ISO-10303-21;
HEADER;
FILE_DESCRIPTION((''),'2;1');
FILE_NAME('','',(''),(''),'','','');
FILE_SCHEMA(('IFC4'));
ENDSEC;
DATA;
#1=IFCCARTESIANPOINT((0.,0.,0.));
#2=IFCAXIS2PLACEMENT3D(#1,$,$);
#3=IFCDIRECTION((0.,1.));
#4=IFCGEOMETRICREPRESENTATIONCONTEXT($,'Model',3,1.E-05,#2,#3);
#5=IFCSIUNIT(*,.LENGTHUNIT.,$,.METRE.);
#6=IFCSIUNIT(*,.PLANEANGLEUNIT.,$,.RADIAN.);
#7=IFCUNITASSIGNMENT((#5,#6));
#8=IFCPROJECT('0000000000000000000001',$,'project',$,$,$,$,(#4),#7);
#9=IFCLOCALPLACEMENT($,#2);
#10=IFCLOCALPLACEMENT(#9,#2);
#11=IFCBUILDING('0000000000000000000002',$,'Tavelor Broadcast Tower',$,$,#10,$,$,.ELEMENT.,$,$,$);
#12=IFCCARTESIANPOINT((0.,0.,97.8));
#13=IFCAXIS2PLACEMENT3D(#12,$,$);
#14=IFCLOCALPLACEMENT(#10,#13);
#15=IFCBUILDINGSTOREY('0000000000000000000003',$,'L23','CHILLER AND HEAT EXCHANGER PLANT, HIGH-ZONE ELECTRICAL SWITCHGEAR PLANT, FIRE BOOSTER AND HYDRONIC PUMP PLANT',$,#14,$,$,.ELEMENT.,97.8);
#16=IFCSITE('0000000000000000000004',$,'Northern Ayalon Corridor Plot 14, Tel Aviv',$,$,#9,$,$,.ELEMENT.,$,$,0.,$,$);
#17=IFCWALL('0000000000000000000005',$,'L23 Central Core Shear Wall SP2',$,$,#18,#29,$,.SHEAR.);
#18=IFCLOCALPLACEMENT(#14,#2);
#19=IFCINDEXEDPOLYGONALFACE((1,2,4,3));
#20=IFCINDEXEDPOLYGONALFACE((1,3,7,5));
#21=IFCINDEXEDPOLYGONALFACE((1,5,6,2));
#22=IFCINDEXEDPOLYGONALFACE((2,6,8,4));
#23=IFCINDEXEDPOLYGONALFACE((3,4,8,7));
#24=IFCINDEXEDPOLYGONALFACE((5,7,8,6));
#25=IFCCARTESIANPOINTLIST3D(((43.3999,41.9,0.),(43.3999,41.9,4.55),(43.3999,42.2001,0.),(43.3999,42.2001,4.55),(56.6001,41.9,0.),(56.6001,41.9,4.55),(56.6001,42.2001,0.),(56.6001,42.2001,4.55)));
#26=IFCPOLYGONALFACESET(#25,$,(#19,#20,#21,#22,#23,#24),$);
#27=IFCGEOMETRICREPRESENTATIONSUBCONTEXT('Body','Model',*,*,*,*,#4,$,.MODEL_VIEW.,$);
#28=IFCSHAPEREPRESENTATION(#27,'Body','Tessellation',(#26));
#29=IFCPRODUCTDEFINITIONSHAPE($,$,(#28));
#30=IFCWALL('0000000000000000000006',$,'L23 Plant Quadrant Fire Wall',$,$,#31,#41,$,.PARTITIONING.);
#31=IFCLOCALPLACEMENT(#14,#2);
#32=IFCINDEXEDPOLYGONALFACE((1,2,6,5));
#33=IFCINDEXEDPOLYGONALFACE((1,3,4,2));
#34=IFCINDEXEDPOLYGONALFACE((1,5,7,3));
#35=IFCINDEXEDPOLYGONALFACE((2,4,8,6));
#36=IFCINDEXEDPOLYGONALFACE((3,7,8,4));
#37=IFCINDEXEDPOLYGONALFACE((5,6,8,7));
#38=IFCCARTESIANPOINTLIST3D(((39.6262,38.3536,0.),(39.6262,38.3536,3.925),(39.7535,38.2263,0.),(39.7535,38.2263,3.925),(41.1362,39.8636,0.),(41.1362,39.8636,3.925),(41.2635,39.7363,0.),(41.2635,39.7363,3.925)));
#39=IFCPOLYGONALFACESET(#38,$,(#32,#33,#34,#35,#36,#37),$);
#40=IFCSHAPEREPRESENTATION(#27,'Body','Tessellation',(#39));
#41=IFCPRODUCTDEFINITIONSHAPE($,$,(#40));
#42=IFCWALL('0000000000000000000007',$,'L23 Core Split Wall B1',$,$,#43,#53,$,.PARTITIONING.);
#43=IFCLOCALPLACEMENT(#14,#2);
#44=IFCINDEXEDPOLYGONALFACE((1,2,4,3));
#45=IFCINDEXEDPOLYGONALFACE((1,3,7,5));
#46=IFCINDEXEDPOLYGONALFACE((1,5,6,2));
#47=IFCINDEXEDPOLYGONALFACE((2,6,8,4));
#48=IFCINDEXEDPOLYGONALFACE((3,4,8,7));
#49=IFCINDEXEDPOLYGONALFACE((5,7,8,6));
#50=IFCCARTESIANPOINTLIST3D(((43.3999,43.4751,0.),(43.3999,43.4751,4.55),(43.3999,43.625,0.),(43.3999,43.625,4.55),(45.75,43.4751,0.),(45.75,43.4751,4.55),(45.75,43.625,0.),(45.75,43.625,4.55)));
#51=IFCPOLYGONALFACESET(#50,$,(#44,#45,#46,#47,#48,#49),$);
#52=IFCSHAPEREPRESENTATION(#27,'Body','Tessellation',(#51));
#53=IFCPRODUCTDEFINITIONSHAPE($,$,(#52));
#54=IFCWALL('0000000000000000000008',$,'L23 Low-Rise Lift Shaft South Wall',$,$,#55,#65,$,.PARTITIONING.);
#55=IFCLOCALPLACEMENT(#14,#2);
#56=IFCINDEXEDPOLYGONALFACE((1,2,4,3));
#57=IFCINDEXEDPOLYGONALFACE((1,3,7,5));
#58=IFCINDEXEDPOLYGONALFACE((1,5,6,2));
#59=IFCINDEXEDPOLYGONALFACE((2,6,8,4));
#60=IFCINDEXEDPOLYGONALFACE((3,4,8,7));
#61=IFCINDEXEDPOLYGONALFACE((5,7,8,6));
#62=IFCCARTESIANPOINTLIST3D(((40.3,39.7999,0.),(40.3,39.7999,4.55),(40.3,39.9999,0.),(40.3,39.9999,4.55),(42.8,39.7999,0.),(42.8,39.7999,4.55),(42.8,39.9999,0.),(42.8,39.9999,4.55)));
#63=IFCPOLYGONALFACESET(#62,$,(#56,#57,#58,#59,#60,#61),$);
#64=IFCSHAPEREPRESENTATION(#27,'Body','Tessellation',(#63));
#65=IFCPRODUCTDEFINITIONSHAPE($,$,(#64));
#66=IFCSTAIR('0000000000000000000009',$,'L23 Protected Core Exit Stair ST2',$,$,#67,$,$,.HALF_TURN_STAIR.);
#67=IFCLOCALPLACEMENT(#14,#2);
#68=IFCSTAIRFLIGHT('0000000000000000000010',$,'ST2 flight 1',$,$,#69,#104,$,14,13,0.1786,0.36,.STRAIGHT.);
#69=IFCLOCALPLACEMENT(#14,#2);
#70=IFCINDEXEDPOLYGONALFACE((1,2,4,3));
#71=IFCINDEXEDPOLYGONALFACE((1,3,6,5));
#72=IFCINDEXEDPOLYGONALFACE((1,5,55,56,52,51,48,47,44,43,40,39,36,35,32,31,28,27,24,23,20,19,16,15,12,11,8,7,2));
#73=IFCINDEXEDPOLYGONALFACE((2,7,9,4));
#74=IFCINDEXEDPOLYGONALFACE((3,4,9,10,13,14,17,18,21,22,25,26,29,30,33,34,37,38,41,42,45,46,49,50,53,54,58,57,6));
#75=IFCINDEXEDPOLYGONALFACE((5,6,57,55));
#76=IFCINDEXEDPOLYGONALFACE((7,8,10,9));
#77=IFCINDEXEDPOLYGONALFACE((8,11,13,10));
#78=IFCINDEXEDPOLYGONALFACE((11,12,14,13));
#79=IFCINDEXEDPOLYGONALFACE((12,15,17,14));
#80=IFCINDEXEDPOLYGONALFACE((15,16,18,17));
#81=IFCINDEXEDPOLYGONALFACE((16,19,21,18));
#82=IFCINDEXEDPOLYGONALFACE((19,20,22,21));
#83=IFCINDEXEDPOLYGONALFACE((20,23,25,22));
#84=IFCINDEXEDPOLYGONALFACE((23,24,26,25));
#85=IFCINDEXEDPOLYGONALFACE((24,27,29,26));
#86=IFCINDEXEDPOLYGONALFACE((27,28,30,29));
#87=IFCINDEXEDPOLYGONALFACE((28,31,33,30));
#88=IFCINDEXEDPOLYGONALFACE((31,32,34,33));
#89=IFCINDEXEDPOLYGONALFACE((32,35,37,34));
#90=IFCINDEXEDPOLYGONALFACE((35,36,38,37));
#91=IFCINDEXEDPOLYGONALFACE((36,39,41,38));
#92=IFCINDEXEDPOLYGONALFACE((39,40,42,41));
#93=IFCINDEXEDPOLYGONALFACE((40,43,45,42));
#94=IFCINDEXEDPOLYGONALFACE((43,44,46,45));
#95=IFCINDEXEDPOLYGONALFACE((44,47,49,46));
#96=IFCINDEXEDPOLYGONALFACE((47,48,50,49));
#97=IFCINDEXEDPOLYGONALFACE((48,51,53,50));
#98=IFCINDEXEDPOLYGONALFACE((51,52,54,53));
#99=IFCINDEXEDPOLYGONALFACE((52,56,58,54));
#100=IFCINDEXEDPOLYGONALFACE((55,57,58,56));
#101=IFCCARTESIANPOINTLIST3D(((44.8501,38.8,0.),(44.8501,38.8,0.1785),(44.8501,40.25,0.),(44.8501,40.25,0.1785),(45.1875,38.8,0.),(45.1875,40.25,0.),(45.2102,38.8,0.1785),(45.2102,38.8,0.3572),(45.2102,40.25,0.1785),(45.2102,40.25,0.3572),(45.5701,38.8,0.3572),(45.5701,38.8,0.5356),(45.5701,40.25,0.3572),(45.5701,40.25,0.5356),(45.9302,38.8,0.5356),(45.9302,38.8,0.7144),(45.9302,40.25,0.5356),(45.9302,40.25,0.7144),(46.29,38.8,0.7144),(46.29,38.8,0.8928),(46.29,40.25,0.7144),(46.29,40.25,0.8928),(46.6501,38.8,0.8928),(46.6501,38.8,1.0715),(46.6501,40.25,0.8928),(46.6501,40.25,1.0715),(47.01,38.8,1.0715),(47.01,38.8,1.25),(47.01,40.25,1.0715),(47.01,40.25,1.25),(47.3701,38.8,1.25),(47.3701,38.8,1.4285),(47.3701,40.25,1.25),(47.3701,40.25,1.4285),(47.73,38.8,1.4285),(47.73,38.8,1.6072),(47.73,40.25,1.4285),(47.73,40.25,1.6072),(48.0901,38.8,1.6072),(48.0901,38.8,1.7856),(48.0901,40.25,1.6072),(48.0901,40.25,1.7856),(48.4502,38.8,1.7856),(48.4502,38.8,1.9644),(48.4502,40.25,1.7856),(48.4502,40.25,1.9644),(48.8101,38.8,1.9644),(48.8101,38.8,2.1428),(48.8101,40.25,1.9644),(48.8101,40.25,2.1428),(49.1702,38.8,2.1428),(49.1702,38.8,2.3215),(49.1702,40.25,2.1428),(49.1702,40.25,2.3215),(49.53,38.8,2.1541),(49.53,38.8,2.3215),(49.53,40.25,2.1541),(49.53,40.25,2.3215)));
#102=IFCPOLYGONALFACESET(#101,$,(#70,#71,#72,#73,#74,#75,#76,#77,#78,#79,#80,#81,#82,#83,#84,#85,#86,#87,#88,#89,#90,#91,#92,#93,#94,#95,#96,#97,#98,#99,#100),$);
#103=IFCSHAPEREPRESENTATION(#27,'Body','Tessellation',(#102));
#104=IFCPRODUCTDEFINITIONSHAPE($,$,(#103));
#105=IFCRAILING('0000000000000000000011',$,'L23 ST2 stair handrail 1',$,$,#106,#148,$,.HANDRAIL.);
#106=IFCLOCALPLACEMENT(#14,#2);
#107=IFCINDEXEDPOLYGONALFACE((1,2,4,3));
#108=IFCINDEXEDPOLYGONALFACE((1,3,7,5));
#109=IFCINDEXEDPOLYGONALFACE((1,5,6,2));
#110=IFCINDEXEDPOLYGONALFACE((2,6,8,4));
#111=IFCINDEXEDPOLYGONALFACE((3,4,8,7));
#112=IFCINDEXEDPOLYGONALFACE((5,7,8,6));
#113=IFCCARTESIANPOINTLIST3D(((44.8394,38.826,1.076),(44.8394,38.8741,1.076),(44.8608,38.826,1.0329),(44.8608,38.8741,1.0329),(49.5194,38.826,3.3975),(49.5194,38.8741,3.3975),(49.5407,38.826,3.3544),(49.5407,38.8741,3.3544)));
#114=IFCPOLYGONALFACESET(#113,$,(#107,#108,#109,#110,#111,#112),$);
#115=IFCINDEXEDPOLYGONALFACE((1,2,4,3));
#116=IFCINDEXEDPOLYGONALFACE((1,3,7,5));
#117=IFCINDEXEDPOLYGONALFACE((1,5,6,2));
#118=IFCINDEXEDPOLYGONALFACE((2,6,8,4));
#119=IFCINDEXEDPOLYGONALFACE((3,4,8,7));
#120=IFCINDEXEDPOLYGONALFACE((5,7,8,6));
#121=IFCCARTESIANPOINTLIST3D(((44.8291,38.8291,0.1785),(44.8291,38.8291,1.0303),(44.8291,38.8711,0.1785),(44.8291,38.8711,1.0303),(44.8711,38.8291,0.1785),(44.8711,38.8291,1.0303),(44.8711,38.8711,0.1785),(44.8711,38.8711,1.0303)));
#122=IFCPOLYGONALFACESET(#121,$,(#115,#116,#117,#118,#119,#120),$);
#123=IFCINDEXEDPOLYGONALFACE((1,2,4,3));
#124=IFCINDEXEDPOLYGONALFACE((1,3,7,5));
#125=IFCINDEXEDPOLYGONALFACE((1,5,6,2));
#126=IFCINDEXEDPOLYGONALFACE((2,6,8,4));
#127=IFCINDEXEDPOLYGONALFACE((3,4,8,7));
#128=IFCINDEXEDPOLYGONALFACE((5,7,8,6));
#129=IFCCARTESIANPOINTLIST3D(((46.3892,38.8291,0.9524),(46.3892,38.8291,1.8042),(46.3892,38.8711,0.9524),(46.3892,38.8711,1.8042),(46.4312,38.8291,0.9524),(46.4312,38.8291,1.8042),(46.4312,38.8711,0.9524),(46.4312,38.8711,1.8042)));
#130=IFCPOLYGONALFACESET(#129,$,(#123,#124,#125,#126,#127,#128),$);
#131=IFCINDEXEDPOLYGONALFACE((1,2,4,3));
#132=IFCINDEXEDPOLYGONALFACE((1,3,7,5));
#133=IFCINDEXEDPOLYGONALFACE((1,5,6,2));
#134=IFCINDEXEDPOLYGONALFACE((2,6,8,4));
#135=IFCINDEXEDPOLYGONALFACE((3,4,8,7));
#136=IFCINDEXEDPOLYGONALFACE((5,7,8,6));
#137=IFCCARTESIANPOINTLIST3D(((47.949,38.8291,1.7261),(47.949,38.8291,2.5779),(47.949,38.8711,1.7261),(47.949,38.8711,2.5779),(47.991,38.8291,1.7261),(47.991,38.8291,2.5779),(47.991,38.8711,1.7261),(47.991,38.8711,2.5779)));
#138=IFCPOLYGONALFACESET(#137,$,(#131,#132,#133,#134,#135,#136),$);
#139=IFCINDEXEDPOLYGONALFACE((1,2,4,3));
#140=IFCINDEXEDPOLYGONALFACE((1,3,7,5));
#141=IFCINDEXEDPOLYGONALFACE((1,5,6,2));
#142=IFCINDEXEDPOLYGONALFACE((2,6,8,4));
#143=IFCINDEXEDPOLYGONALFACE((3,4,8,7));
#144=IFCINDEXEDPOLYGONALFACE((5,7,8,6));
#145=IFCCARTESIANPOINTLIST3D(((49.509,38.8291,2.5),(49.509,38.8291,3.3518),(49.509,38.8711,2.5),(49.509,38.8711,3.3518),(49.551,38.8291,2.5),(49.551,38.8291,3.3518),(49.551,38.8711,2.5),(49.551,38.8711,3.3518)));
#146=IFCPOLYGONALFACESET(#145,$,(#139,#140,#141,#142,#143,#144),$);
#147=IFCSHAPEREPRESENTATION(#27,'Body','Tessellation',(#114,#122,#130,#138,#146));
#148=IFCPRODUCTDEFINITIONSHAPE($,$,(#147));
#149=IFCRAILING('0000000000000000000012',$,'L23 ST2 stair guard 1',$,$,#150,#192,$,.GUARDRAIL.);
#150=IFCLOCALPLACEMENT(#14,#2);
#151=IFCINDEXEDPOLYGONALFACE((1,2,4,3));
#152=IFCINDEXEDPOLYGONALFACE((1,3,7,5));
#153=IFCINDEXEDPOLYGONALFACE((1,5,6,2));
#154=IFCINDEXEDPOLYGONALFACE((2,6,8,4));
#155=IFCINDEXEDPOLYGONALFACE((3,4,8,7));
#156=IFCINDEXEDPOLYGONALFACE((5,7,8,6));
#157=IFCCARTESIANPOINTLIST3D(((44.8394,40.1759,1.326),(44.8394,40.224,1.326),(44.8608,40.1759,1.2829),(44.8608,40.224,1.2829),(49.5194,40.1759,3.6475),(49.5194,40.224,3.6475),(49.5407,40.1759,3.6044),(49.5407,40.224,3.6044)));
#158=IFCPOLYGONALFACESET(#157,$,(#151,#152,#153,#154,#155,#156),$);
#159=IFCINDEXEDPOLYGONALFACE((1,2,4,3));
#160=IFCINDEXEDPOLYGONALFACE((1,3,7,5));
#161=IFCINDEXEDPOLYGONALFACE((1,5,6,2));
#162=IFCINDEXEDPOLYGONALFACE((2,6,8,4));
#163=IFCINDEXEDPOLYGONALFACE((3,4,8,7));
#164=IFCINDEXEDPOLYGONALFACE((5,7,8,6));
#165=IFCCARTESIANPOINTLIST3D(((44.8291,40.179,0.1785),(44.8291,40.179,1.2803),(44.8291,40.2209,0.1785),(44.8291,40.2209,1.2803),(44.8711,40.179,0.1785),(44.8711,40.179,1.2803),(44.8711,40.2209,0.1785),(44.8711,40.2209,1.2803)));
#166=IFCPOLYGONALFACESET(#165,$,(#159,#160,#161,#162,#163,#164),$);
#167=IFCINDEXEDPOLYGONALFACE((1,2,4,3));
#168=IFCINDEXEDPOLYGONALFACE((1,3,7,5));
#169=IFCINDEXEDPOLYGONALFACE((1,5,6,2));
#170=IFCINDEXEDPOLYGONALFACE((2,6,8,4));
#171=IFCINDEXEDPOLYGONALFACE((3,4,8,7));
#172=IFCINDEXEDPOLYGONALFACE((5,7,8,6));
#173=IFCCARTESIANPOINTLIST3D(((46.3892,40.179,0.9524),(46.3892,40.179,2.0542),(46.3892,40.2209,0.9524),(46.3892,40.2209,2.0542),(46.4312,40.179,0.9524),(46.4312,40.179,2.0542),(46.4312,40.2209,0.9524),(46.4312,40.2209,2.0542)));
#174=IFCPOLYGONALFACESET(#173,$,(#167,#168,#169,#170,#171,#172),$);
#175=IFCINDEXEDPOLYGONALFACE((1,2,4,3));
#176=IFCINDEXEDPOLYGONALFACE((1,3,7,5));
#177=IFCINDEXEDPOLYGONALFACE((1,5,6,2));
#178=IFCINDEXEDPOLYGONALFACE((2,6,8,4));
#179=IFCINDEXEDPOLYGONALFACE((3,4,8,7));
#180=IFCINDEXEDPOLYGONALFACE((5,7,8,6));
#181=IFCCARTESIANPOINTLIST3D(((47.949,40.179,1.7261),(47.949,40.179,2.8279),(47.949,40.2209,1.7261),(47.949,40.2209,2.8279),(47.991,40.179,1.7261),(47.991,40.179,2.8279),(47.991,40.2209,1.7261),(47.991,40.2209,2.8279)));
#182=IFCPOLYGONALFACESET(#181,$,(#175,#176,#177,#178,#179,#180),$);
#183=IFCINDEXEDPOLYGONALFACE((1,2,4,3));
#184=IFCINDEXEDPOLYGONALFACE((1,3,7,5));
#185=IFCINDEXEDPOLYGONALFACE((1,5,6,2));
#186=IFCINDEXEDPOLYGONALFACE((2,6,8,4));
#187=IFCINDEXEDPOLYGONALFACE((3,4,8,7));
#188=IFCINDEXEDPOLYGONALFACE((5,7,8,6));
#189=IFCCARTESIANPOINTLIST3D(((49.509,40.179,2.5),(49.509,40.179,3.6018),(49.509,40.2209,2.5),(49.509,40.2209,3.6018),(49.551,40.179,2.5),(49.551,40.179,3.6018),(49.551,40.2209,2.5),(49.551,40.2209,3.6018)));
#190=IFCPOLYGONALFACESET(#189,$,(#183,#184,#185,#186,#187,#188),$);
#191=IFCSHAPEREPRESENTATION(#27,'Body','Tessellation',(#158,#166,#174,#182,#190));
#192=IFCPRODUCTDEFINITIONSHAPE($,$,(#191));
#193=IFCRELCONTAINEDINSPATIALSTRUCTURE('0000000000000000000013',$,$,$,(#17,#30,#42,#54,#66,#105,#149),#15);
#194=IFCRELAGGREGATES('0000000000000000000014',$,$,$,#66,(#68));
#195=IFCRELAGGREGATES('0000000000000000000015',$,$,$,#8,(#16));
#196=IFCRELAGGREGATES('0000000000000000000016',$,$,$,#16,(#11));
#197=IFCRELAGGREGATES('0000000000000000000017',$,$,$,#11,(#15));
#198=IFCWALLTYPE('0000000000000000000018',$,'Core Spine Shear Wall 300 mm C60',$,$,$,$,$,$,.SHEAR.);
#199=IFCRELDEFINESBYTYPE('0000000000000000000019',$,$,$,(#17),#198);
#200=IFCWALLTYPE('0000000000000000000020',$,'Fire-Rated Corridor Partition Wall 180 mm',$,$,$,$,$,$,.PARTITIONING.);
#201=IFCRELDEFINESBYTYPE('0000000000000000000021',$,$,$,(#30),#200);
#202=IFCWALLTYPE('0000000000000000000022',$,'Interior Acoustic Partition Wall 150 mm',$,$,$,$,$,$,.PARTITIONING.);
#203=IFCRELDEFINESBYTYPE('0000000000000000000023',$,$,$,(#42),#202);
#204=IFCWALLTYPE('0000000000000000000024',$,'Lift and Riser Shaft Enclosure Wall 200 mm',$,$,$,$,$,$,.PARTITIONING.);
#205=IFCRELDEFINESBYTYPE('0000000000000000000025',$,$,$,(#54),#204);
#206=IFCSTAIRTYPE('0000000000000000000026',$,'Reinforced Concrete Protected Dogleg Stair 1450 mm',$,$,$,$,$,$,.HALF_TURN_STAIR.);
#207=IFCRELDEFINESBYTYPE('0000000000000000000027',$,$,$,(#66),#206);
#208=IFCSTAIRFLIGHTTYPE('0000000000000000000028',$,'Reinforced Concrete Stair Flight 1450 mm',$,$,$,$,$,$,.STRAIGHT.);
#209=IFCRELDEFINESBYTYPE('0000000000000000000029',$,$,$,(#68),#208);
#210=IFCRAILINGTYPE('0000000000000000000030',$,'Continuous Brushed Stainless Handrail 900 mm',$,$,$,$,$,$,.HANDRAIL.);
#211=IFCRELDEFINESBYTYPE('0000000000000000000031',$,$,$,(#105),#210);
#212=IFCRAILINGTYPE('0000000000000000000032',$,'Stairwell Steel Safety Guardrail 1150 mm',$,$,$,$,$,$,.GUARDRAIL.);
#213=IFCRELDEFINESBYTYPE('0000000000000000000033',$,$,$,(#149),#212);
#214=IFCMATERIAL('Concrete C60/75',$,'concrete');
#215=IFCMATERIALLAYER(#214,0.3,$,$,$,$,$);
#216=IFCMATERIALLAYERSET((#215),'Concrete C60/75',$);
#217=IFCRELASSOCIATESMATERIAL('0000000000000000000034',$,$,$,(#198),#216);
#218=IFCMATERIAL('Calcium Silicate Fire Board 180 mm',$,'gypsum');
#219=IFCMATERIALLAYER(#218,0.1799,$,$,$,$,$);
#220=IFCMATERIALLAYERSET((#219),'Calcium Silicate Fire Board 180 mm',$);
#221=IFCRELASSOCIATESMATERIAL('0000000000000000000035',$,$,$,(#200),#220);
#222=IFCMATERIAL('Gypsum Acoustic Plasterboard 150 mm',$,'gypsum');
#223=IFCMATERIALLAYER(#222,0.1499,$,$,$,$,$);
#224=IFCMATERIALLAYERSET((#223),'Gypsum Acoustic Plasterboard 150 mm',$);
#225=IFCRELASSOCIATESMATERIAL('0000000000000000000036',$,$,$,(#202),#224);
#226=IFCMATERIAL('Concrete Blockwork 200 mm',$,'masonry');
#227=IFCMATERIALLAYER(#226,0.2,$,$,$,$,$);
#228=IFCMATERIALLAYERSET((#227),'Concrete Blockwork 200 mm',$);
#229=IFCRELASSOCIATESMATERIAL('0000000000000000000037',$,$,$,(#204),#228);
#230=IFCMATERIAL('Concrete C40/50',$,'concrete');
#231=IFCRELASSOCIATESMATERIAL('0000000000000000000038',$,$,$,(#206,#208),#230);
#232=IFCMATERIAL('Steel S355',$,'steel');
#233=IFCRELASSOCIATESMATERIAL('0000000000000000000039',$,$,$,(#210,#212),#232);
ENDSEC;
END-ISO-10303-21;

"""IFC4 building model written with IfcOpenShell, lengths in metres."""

from ifc_helpers import new_model, si_unit, direction, frame, frame_2d, origin, origin_2d, place, context, subcontext, project, spatial, polyline, rectangle, outline, extrude, material, layer, layer_set, type_object, element, aggregate, save


model = new_model("IFC4")

# Units and contexts
model_context = context("Model", 3, precision=1e-05, world=origin(), true_north=direction((0.0, 1.0)))
body_context = subcontext(model_context, "Body", "Model", "MODEL_VIEW")
ifc_project = project(units=[si_unit("LENGTHUNIT", "METRE"), si_unit("PLANEANGLEUNIT", "RADIAN")], contexts=[model_context])

# Site, building, storey
site_placement = place(None, origin())
site = spatial("IfcSite", under=ifc_project, at=site_placement, Name="Northern Ayalon Corridor Plot 14, Tel Aviv", CompositionType="ELEMENT", RefElevation=0.0)
building_placement = place(site_placement, origin())
building = spatial("IfcBuilding", under=site, at=building_placement, Name="Tavelor Broadcast Tower", CompositionType="ELEMENT")
storey_placement = place(building_placement, frame((0.0, 0.0, 97.8)))
storey = spatial("IfcBuildingStorey", under=building, at=storey_placement, Name="L23", Description="CHILLER AND HEAT EXCHANGER PLANT, HIGH-ZONE ELECTRICAL SWITCHGEAR PLANT, FIRE BOOSTER AND HYDRONIC PUMP PLANT", CompositionType="ELEMENT", Elevation=97.8)

# Shared definitions
ifc_material_1 = material(Name="Concrete C60/75", Category="concrete")

# Shared definitions
ifc_material_2 = material(Name="Concrete C40/50", Category="concrete")
ifc_material_3 = material(Name="Steel S355", Category="steel")

# Walls
ifc_layer_1 = layer(ifc_material_1, 0.3)
ifc_layer_set_1 = layer_set([ifc_layer_1], Name="Concrete C60/75")
wall_type_1 = type_object("IfcWallType", Name="Core Spine Shear Wall 300 mm C60", PredefinedType="SHEAR", material=ifc_layer_set_1)
wall_1_placement = place(storey_placement, frame((43.3999, 42.05, 0.0), z_axis=(0.0, 0.0, 1.0), x_axis=(1.0, 0.0, 0.0)))
element("IfcWall", 1, at=wall_1_placement, inside=storey, type_object=wall_type_1, Name="L23 Central Core Shear Wall SP2", PredefinedType="SHEAR", context=body_context, shape_type="SweptSolid", body=[
    extrude(rectangle(XDim=13.2002, YDim=0.3, at=frame_2d((6.6001, 0.0))), origin(), (0.0, 0.0, 1.0), 4.55),
])
ifc_material_4 = material(Name="Calcium Silicate Fire Board 180 mm", Category="gypsum")
ifc_layer_2 = layer(ifc_material_4, 0.1799)
ifc_layer_set_2 = layer_set([ifc_layer_2], Name="Calcium Silicate Fire Board 180 mm")
wall_type_2 = type_object("IfcWallType", Name="Fire-Rated Corridor Partition Wall 180 mm", PredefinedType="PARTITIONING", material=ifc_layer_set_2)
wall_2_placement = place(storey_placement, frame((41.2, 39.8, 0.0), z_axis=(0.0, 0.0, 1.0), x_axis=(-0.707107, -0.707107, 0.0)))
element("IfcWall", 2, at=wall_2_placement, inside=storey, type_object=wall_type_2, Name="L23 Plant Quadrant Fire Wall", PredefinedType="PARTITIONING", context=body_context, shape_type="SweptSolid", body=[
    extrude(rectangle(XDim=2.1355, YDim=0.1799, at=frame_2d((1.0679, 0.0))), origin(), (0.0, 0.0, 1.0), 3.925),
])
ifc_material_5 = material(Name="Gypsum Acoustic Plasterboard 150 mm", Category="gypsum")
ifc_layer_3 = layer(ifc_material_5, 0.1499)
ifc_layer_set_3 = layer_set([ifc_layer_3], Name="Gypsum Acoustic Plasterboard 150 mm")
wall_type_3 = type_object("IfcWallType", Name="Interior Acoustic Partition Wall 150 mm", PredefinedType="PARTITIONING", material=ifc_layer_set_3)
wall_3_placement = place(storey_placement, frame((43.3999, 43.55, 0.0), z_axis=(0.0, 0.0, 1.0), x_axis=(1.0, 0.0, 0.0)))
element("IfcWall", 3, at=wall_3_placement, inside=storey, type_object=wall_type_3, Name="L23 Core Split Wall B1", PredefinedType="PARTITIONING", context=body_context, shape_type="SweptSolid", body=[
    extrude(rectangle(XDim=2.3501, YDim=0.1499, at=frame_2d((1.175, 0.0))), origin(), (0.0, 0.0, 1.0), 4.55),
])

# Shared definitions
ifc_material_6 = material(Name="Concrete Blockwork 200 mm", Category="masonry")

# Wall
ifc_layer_4 = layer(ifc_material_6, 0.2)
ifc_layer_set_4 = layer_set([ifc_layer_4], Name="Concrete Blockwork 200 mm")
wall_type_4 = type_object("IfcWallType", Name="Lift and Riser Shaft Enclosure Wall 200 mm", PredefinedType="PARTITIONING", material=ifc_layer_set_4)
wall_4_placement = place(storey_placement, frame((40.3, 39.8999, 0.0), z_axis=(0.0, 0.0, 1.0), x_axis=(1.0, 0.0, 0.0)))
element("IfcWall", 4, at=wall_4_placement, inside=storey, type_object=wall_type_4, Name="L23 Low-Rise Lift Shaft South Wall", PredefinedType="PARTITIONING", context=body_context, shape_type="SweptSolid", body=[
    extrude(rectangle(XDim=2.5, YDim=0.2, at=frame_2d((1.25, 0.0))), origin(), (0.0, 0.0, 1.0), 4.55),
])

# Stair, stair flight
stair_type = type_object("IfcStairType", Name="Reinforced Concrete Protected Dogleg Stair 1450 mm", PredefinedType="HALF_TURN_STAIR", material=ifc_material_2)
stair_placement = place(storey_placement, origin())
stair = element("IfcStair", 5, at=stair_placement, inside=storey, type_object=stair_type, Name="L23 Protected Core Exit Stair ST2", PredefinedType="HALF_TURN_STAIR")
stair_flight_type = type_object("IfcStairFlightType", Name="Reinforced Concrete Stair Flight 1450 mm", PredefinedType="STRAIGHT", material=ifc_material_2)
stair_flight_placement = place(storey_placement, frame((44.8501, 39.5249, 0.0), z_axis=(0.0, 0.0, 1.0), x_axis=(1.0, 0.0, 0.0)))
stair_flight = element("IfcStairFlight", 6, at=stair_flight_placement, type_object=stair_flight_type, Name="ST2 flight 1", NumberOfRisers=14, NumberOfTreads=13, PredefinedType="STRAIGHT", RiserHeight=0.1786, TreadLength=0.36, context=body_context, shape_type="SweptSolid", body=[
    extrude(outline(polyline([(0.0, 0.0), (0.0, 0.1785), (0.3601, 0.1785), (0.3601, 0.3572), (0.72, 0.3572), (0.72, 0.5356), (1.0801, 0.5356), (1.0801, 0.7144), (1.4399, 0.7144), (1.4399, 0.8928), (1.8, 0.8928), (1.8, 1.0715), (2.1599, 1.0715), (2.1599, 1.25), (2.52, 1.25), (2.52, 1.4285), (2.8799, 1.4285), (2.8799, 1.6072), (3.24, 1.6072), (3.24, 1.7856), (3.6001, 1.7856), (3.6001, 1.9644), (3.96, 1.9644), (3.96, 2.1428), (4.3201, 2.1428), (4.3201, 2.3215), (4.6799, 2.3215), (4.6799, 2.5), (4.6799, 2.1541), (0.3374, 0.0), (0.0, 0.0)])), frame((0.0, 0.7251, 0.0), z_axis=(0.0, -1.0, 0.0), x_axis=(1.0, 0.0, 0.0)), (0.0, 0.0, 1.0), 1.45),
])
aggregate(stair, [stair_flight])

# Railings
railing_type_1 = type_object("IfcRailingType", Name="Continuous Brushed Stainless Handrail 900 mm", PredefinedType="HANDRAIL", material=ifc_material_3)
railing_1_placement = place(storey_placement, frame((44.8501, 38.8501, 0.1785)))
element("IfcRailing", 7, at=railing_1_placement, inside=storey, type_object=railing_type_1, Name="L23 ST2 stair handrail 1", PredefinedType="HANDRAIL", context=body_context, shape_type="SweptSolid", body=[
    extrude(rectangle(XDim=0.0481, YDim=0.0481, at=origin_2d()), frame((0.0, 0.0, 0.876), z_axis=(0.895834, 0.0, 0.444389), x_axis=(0.0, 1.0, 0.0)), (0.0, 0.0, 1.0), 5.2241),
    extrude(rectangle(XDim=0.042, YDim=0.042, at=origin_2d()), origin(), (0.0, 0.0, 1.0), 0.8518),
    extrude(rectangle(XDim=0.042, YDim=0.042, at=origin_2d()), frame((1.5601, 0.0, 0.7739)), (0.0, 0.0, 1.0), 0.8518),
    extrude(rectangle(XDim=0.042, YDim=0.042, at=origin_2d()), frame((3.1199, 0.0, 1.5476)), (0.0, 0.0, 1.0), 0.8518),
    extrude(rectangle(XDim=0.042, YDim=0.042, at=origin_2d()), frame((4.6799, 0.0, 2.3215)), (0.0, 0.0, 1.0), 0.8518),
])
railing_type_2 = type_object("IfcRailingType", Name="Stairwell Steel Safety Guardrail 1150 mm", PredefinedType="GUARDRAIL", material=ifc_material_3)
railing_2_placement = place(storey_placement, frame((44.8501, 40.2, 0.1785)))
element("IfcRailing", 8, at=railing_2_placement, inside=storey, type_object=railing_type_2, Name="L23 ST2 stair guard 1", PredefinedType="GUARDRAIL", context=body_context, shape_type="SweptSolid", body=[
    extrude(rectangle(XDim=0.0481, YDim=0.0481, at=origin_2d()), frame((0.0, 0.0, 1.126), z_axis=(0.895834, 0.0, 0.444389), x_axis=(0.0, 1.0, 0.0)), (0.0, 0.0, 1.0), 5.2241),
    extrude(rectangle(XDim=0.042, YDim=0.042, at=origin_2d()), origin(), (0.0, 0.0, 1.0), 1.1018),
    extrude(rectangle(XDim=0.042, YDim=0.042, at=origin_2d()), frame((1.5601, 0.0, 0.7739)), (0.0, 0.0, 1.0), 1.1018),
    extrude(rectangle(XDim=0.042, YDim=0.042, at=origin_2d()), frame((3.1199, 0.0, 1.5476)), (0.0, 0.0, 1.0), 1.1018),
    extrude(rectangle(XDim=0.042, YDim=0.042, at=origin_2d()), frame((4.6799, 0.0, 2.3215)), (0.0, 0.0, 1.0), 1.1018),
])

save(model, "model.ifc")
